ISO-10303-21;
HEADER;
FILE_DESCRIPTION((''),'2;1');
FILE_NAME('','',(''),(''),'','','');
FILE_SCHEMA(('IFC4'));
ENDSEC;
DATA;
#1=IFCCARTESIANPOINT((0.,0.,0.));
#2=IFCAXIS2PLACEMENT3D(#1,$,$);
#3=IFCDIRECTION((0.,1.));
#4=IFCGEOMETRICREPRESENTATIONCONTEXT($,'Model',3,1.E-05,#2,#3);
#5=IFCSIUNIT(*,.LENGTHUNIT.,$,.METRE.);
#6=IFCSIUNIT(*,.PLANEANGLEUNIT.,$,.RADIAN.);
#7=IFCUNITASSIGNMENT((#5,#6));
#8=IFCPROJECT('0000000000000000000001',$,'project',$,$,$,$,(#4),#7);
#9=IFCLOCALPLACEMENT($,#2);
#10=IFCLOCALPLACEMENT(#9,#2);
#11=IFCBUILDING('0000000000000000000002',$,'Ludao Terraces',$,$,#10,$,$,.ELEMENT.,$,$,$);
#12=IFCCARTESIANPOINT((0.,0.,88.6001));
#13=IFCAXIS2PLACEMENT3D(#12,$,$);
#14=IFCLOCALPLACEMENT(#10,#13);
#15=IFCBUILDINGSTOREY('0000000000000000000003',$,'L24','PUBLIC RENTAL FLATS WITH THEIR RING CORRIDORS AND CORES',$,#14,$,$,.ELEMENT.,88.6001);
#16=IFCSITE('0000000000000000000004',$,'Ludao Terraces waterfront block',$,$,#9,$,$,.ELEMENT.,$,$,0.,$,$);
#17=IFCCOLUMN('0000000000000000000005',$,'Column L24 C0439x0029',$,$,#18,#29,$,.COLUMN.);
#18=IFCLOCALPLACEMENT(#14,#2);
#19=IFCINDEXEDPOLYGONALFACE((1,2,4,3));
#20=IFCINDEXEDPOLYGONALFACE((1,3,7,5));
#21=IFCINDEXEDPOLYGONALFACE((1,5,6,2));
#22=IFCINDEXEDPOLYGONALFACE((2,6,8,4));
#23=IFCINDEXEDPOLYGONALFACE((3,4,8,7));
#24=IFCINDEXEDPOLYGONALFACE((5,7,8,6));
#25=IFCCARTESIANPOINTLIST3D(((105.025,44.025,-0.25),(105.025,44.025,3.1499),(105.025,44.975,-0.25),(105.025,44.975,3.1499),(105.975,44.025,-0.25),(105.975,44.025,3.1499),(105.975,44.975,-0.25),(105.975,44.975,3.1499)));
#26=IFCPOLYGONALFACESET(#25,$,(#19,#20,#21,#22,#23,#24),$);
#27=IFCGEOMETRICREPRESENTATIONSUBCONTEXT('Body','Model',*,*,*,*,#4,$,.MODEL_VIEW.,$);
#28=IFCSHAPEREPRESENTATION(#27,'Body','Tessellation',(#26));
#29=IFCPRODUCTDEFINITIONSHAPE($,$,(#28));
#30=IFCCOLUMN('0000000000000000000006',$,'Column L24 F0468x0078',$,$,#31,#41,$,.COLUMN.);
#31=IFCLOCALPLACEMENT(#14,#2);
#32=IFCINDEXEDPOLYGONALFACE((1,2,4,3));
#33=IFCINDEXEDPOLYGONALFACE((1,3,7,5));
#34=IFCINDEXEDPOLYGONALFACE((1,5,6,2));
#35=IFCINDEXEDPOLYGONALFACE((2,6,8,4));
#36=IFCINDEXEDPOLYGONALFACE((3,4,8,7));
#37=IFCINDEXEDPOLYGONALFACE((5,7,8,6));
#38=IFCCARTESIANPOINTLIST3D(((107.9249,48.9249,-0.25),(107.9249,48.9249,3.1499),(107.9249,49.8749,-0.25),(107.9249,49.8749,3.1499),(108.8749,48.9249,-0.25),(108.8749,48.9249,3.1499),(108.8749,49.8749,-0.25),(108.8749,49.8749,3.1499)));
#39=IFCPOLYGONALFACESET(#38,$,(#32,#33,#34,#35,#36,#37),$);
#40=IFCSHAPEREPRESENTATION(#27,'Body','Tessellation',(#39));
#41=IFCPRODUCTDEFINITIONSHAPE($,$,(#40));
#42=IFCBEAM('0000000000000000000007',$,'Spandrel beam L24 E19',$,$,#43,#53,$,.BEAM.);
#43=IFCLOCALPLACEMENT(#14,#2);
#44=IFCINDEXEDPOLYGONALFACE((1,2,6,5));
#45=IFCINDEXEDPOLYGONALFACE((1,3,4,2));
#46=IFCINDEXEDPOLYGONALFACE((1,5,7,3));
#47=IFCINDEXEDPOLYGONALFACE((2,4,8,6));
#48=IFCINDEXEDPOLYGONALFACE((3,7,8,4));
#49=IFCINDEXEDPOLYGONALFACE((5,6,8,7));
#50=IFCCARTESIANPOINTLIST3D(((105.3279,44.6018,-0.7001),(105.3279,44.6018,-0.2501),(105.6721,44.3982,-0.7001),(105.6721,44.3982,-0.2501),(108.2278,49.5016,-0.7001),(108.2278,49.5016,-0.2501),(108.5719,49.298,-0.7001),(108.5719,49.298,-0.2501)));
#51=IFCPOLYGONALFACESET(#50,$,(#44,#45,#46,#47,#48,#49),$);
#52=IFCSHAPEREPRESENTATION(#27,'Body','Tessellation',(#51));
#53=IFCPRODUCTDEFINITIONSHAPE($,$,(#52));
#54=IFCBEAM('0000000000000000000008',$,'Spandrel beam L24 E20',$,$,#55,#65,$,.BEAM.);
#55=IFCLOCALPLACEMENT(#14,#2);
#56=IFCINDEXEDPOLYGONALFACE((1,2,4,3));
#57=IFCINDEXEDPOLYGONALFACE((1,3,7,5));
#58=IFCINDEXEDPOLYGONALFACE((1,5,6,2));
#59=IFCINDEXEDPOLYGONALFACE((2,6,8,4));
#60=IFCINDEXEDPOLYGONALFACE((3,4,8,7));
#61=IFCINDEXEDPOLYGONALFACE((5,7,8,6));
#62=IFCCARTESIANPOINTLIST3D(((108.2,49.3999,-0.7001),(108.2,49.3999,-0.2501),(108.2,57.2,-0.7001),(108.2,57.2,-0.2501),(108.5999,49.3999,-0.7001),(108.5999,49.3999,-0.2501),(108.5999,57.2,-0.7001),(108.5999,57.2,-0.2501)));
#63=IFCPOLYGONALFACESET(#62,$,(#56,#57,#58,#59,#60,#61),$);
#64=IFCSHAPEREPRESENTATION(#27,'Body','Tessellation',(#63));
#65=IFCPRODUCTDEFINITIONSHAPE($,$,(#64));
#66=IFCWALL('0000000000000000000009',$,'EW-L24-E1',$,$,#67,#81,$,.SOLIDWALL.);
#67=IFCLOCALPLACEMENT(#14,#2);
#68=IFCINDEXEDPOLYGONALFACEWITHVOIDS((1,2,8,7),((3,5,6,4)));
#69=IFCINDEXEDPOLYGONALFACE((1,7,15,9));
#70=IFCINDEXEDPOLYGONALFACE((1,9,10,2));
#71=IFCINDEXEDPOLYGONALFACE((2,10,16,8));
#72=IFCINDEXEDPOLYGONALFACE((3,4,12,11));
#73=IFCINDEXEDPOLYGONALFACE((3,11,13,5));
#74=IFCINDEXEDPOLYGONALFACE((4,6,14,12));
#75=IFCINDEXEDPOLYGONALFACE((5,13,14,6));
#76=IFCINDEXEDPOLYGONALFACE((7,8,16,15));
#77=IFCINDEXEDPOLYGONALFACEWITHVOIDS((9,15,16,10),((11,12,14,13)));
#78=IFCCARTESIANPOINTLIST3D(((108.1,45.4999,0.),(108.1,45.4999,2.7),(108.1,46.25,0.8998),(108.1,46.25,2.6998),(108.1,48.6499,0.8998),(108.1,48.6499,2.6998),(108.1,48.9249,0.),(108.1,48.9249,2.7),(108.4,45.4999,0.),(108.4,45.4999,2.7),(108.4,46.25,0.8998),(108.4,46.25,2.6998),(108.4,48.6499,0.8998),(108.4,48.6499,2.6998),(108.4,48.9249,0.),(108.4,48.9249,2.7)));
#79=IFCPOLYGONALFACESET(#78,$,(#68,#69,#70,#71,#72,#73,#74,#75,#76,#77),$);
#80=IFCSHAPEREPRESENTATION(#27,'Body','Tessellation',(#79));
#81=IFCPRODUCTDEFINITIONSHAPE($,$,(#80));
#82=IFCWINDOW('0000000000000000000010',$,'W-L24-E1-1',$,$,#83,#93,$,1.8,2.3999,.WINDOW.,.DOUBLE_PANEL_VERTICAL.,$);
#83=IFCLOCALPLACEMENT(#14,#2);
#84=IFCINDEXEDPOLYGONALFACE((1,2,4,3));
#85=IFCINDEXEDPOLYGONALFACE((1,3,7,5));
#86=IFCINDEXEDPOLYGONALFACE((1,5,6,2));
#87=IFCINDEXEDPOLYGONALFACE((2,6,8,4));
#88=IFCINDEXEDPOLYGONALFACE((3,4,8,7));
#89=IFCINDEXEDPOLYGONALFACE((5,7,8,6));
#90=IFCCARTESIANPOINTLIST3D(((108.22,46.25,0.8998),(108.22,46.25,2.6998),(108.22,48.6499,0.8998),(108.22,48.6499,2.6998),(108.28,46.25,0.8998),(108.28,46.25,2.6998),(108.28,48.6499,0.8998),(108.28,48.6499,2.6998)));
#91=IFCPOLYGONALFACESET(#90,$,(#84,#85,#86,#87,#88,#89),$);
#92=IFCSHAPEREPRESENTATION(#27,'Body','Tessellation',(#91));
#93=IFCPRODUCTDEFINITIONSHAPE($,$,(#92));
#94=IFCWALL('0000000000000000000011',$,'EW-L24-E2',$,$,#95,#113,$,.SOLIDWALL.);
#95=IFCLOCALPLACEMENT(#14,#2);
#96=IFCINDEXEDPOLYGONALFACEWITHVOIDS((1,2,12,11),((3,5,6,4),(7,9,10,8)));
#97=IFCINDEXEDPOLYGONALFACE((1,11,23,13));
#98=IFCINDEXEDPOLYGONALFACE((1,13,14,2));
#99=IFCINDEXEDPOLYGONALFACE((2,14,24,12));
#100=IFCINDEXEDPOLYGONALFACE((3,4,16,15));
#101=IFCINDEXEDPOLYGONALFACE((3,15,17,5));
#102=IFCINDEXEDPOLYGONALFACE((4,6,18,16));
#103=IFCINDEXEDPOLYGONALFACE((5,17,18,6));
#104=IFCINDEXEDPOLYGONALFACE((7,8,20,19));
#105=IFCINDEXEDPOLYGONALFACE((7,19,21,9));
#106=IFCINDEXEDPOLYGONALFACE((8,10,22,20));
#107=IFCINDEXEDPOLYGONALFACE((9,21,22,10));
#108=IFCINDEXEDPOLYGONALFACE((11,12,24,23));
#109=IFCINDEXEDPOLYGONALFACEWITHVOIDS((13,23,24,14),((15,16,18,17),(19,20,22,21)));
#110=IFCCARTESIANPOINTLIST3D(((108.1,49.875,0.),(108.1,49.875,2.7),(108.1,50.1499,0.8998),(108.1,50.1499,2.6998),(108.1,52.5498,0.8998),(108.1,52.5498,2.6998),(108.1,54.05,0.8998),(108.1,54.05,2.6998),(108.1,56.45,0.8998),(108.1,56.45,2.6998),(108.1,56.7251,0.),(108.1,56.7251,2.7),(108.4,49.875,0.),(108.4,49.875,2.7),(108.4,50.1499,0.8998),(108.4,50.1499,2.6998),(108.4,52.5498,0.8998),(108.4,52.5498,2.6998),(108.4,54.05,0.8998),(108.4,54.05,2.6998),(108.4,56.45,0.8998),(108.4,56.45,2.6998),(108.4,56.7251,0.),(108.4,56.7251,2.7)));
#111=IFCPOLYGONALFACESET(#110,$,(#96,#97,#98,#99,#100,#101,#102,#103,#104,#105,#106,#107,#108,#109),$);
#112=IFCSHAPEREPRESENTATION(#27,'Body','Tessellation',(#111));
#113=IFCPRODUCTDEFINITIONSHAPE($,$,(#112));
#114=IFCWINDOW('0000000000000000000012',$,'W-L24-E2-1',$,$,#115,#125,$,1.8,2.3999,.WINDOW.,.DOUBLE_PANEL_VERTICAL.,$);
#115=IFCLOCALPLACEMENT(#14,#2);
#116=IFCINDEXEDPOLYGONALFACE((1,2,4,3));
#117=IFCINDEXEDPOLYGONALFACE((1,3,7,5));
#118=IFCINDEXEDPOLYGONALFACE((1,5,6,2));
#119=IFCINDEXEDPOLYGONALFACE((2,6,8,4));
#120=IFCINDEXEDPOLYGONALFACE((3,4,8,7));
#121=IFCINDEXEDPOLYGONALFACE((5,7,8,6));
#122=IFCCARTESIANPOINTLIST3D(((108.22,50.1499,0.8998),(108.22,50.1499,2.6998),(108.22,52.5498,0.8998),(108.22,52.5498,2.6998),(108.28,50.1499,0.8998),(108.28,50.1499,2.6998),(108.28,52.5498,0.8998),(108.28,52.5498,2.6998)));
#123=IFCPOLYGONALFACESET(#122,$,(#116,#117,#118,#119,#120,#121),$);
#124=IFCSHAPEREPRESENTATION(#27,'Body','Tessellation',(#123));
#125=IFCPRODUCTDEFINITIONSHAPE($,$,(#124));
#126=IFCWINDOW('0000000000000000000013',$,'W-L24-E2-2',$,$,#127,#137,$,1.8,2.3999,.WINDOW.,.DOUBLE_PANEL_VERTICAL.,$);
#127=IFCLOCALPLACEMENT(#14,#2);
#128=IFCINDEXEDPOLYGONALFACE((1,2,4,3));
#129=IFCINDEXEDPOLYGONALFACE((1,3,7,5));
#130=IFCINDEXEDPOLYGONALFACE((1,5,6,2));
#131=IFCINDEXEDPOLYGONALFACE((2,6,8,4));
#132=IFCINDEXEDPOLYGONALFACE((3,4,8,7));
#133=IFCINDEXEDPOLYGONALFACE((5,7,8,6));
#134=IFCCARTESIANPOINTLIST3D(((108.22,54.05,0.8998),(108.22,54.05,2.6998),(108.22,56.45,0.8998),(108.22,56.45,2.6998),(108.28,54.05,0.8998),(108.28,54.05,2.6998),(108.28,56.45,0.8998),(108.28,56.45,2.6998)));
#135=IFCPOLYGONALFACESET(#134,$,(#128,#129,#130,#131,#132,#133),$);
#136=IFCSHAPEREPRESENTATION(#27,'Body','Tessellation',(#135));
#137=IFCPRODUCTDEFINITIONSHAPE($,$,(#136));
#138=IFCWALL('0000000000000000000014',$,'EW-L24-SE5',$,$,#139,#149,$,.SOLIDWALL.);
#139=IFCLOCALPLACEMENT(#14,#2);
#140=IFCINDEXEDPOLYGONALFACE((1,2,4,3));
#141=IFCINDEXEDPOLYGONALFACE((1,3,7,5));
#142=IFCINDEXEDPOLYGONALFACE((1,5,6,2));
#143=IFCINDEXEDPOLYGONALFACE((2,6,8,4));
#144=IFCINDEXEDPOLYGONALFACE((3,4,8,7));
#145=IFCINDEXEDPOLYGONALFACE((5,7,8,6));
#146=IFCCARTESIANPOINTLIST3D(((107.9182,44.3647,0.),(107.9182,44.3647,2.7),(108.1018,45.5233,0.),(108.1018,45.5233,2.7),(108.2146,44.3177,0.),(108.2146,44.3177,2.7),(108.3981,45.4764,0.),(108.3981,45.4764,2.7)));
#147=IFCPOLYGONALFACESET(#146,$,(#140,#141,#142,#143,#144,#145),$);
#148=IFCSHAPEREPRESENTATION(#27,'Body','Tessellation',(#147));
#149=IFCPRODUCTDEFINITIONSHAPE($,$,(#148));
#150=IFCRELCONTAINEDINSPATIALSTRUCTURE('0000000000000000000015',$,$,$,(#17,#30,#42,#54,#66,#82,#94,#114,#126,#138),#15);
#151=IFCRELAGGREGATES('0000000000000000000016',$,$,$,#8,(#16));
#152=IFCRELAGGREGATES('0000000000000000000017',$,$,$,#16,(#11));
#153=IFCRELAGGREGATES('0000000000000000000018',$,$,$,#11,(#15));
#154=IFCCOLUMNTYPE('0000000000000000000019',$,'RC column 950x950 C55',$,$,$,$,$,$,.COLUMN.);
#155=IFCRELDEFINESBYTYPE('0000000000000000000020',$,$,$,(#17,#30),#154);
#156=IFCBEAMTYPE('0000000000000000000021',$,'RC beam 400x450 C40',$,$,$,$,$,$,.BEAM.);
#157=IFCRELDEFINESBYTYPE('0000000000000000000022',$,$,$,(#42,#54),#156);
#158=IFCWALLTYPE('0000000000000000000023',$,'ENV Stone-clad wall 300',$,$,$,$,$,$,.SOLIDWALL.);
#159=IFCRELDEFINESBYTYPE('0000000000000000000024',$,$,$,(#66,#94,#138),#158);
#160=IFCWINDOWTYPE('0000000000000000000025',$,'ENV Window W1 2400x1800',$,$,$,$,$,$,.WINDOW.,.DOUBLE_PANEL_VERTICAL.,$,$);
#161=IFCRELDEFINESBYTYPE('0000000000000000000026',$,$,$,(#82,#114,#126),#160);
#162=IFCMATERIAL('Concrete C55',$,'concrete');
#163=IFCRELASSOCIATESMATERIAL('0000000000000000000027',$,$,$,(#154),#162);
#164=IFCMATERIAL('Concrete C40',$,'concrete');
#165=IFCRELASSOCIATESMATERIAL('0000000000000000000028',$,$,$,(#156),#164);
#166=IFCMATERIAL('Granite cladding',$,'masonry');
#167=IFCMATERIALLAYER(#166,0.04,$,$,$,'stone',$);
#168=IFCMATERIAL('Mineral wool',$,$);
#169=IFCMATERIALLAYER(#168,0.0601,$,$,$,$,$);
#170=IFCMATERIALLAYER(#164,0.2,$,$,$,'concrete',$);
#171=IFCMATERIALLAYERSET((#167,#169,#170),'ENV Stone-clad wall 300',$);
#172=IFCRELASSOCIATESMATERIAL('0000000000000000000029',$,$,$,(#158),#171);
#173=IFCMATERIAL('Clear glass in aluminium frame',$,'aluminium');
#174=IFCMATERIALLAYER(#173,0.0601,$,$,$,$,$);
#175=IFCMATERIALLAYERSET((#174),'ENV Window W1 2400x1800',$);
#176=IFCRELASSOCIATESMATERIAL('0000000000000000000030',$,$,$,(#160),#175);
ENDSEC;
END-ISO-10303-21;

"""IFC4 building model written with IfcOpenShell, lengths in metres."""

from ifc_helpers import new_model, si_unit, direction, frame, frame_2d, origin, origin_2d, place, context, subcontext, project, spatial, rectangle, extrude, material, layer, layer_set, material_profile, profile_set, type_object, element, fill, save


model = new_model("IFC4")

# Units and contexts
model_context = context("Model", 3, precision=1e-05, world=origin(), true_north=direction((0.0, 1.0)))
body_context = subcontext(model_context, "Body", "Model", "MODEL_VIEW")
ifc_project = project(units=[si_unit("LENGTHUNIT", "METRE"), si_unit("PLANEANGLEUNIT", "RADIAN")], contexts=[model_context])

# Site, building, storey
site_placement = place(None, origin())
site = spatial("IfcSite", under=ifc_project, at=site_placement, Name="Ludao Terraces waterfront block", CompositionType="ELEMENT", RefElevation=0.0)
building_placement = place(site_placement, origin())
building = spatial("IfcBuilding", under=site, at=building_placement, Name="Ludao Terraces", CompositionType="ELEMENT")
storey_placement = place(building_placement, frame((0.0, 0.0, 88.6001)))
storey = spatial("IfcBuildingStorey", under=building, at=storey_placement, Name="L24", Description="PUBLIC RENTAL FLATS WITH THEIR RING CORRIDORS AND CORES", CompositionType="ELEMENT", Elevation=88.6001)

# Columns
ifc_material_1 = material(Name="Concrete C55", Category="concrete")
ifc_material_profile_1 = material_profile(ifc_material_1, rectangle(XDim=0.95, YDim=0.95, at=origin_2d()), Name="950 X 950")
ifc_profile_set_1 = profile_set([ifc_material_profile_1], Name="Concrete C55")
column_type = type_object("IfcColumnType", Name="RC column 950x950 C55", PredefinedType="COLUMN", material=ifc_profile_set_1)
for number, where, z_axis, x_axis, name in (
    (1, (105.5, 44.5, -0.25), (0.0, 0.0, 1.0), (1.0, 0.0, 0.0), "Column L24 C0439x0029"),
    (2, (108.3999, 49.3999, -0.25), (0.0, 0.0, 1.0), (1.0, 0.0, 0.0), "Column L24 F0468x0078"),
):
    element("IfcColumn", number, at=place(storey_placement, frame(where, z_axis=z_axis, x_axis=x_axis)), inside=storey, type_object=column_type, Name=name, PredefinedType="COLUMN", context=body_context, shape_type="SweptSolid", body=[
        extrude(rectangle(XDim=0.95, YDim=0.95, at=origin_2d()), origin(), (0.0, 0.0, 1.0), 3.3999),
    ])

# Beams
ifc_material_2 = material(Name="Concrete C40", Category="concrete")
ifc_material_profile_2 = material_profile(ifc_material_2, rectangle(XDim=0.3999, YDim=0.45, at=origin_2d()), Name="400 X 450")
ifc_profile_set_2 = profile_set([ifc_material_profile_2], Name="Concrete C40")
beam_type = type_object("IfcBeamType", Name="RC beam 400x450 C40", PredefinedType="BEAM", material=ifc_profile_set_2)
beam_1_placement = place(storey_placement, frame((105.5, 44.5, -0.4751), z_axis=(0.509316, 0.86058, 0.0), x_axis=(-0.86058, 0.509316, 0.0)))
element("IfcBeam", 3, at=beam_1_placement, inside=storey, type_object=beam_type, Name="Spandrel beam L24 E19", PredefinedType="BEAM", context=body_context, shape_type="SweptSolid", body=[
    extrude(rectangle(XDim=0.3999, YDim=0.45, at=origin_2d()), origin(), (0.0, 0.0, 1.0), 5.6936),
])
beam_2_placement = place(storey_placement, frame((108.3999, 49.3999, -0.4751), z_axis=(0.0, 1.0, 0.0), x_axis=(-1.0, 0.0, 0.0)))
element("IfcBeam", 4, at=beam_2_placement, inside=storey, type_object=beam_type, Name="Spandrel beam L24 E20", PredefinedType="BEAM", context=body_context, shape_type="SweptSolid", body=[
    extrude(rectangle(XDim=0.3999, YDim=0.45, at=origin_2d()), origin(), (0.0, 0.0, 1.0), 7.8),
])

# Wall, opening, window
ifc_material_3 = material(Name="Granite cladding", Category="masonry")
ifc_layer_1 = layer(ifc_material_3, 0.04, Category="stone")
ifc_material_4 = material(Name="Mineral wool")
ifc_layer_2 = layer(ifc_material_4, 0.0601)
ifc_layer_3 = layer(ifc_material_2, 0.2, Category="concrete")
ifc_layer_set_1 = layer_set([ifc_layer_1, ifc_layer_2, ifc_layer_3], Name="ENV Stone-clad wall 300")
wall_type = type_object("IfcWallType", Name="ENV Stone-clad wall 300", PredefinedType="SOLIDWALL", material=ifc_layer_set_1)
wall_1_placement = place(storey_placement, frame((108.25, 45.5, 0.0), z_axis=(0.0, 0.0, 1.0), x_axis=(0.0, 1.0, 0.0)))
wall_1 = element("IfcWall", 5, at=wall_1_placement, inside=storey, type_object=wall_type, Name="EW-L24-E1", PredefinedType="SOLIDWALL", context=body_context, shape_type="SweptSolid", body=[
    extrude(rectangle(XDim=3.425, YDim=0.3, at=frame_2d((1.7124, 0.0))), origin(), (0.0, 0.0, 1.0), 2.7),
])
opening_1_placement = place(wall_1_placement, frame((0.75, 0.0, 0.8999)))
opening_1 = element("IfcOpeningElement", 6, at=opening_1_placement, cuts=wall_1, PredefinedType="OPENING", context=body_context, shape_type="SweptSolid", body=[
    extrude(rectangle(XDim=2.3999, YDim=1.8, at=frame_2d((1.2, 0.8999))), frame((0.0, 0.1602, 0.0), z_axis=(0.0, -1.0, 0.0), x_axis=(1.0, 0.0, 0.0)), (0.0, 0.0, 1.0), 0.3201),
])
ifc_material_5 = material(Name="Clear glass in aluminium frame", Category="aluminium")
ifc_layer_4 = layer(ifc_material_5, 0.0601)
ifc_layer_set_2 = layer_set([ifc_layer_4], Name="ENV Window W1 2400x1800")
window_type = type_object("IfcWindowType", Name="ENV Window W1 2400x1800", PartitioningType="DOUBLE_PANEL_VERTICAL", PredefinedType="WINDOW", material=ifc_layer_set_2)
window_1_placement = place(opening_1_placement, origin())
window_1 = element("IfcWindow", 7, at=window_1_placement, inside=storey, type_object=window_type, Name="W-L24-E1-1", OverallHeight=1.8, OverallWidth=2.3999, PartitioningType="DOUBLE_PANEL_VERTICAL", PredefinedType="WINDOW", context=body_context, shape_type="SweptSolid", body=[
    extrude(rectangle(XDim=2.3999, YDim=1.8, at=frame_2d((1.2, 0.8999))), frame((0.0, 0.03, 0.0), z_axis=(0.0, -1.0, 0.0), x_axis=(1.0, 0.0, 0.0)), (0.0, 0.0, 1.0), 0.0601),
])
fill(opening_1, window_1)

# Wall, openings, windows
wall_2_placement = place(storey_placement, frame((108.25, 49.875, 0.0), z_axis=(0.0, 0.0, 1.0), x_axis=(0.0, 1.0, 0.0)))
wall_2 = element("IfcWall", 8, at=wall_2_placement, inside=storey, type_object=wall_type, Name="EW-L24-E2", PredefinedType="SOLIDWALL", context=body_context, shape_type="SweptSolid", body=[
    extrude(rectangle(XDim=6.8501, YDim=0.3, at=frame_2d((3.425, 0.0))), origin(), (0.0, 0.0, 1.0), 2.7),
])
opening_2_placement = place(wall_2_placement, frame((0.2749, 0.0, 0.8999)))
opening_2 = element("IfcOpeningElement", 9, at=opening_2_placement, cuts=wall_2, PredefinedType="OPENING", context=body_context, shape_type="SweptSolid", body=[
    extrude(rectangle(XDim=2.3999, YDim=1.8, at=frame_2d((1.2, 0.8999))), frame((0.0, 0.1602, 0.0), z_axis=(0.0, -1.0, 0.0), x_axis=(1.0, 0.0, 0.0)), (0.0, 0.0, 1.0), 0.3201),
])
opening_3_placement = place(wall_2_placement, frame((4.175, 0.0, 0.8999)))
opening_3 = element("IfcOpeningElement", 10, at=opening_3_placement, cuts=wall_2, PredefinedType="OPENING", context=body_context, shape_type="SweptSolid", body=[
    extrude(rectangle(XDim=2.3999, YDim=1.8, at=frame_2d((1.2, 0.8999))), frame((0.0, 0.1602, 0.0), z_axis=(0.0, -1.0, 0.0), x_axis=(1.0, 0.0, 0.0)), (0.0, 0.0, 1.0), 0.3201),
])
window_2_placement = place(opening_2_placement, origin())
window_2 = element("IfcWindow", 11, at=window_2_placement, inside=storey, type_object=window_type, Name="W-L24-E2-1", OverallHeight=1.8, OverallWidth=2.3999, PartitioningType="DOUBLE_PANEL_VERTICAL", PredefinedType="WINDOW", context=body_context, shape_type="SweptSolid", body=[
    extrude(rectangle(XDim=2.3999, YDim=1.8, at=frame_2d((1.2, 0.8999))), frame((0.0, 0.03, 0.0), z_axis=(0.0, -1.0, 0.0), x_axis=(1.0, 0.0, 0.0)), (0.0, 0.0, 1.0), 0.0601),
])
fill(opening_2, window_2)
window_3_placement = place(opening_3_placement, origin())
window_3 = element("IfcWindow", 12, at=window_3_placement, inside=storey, type_object=window_type, Name="W-L24-E2-2", OverallHeight=1.8, OverallWidth=2.3999, PartitioningType="DOUBLE_PANEL_VERTICAL", PredefinedType="WINDOW", context=body_context, shape_type="SweptSolid", body=[
    extrude(rectangle(XDim=2.3999, YDim=1.8, at=frame_2d((1.2, 0.8999))), frame((0.0, 0.03, 0.0), z_axis=(0.0, -1.0, 0.0), x_axis=(1.0, 0.0, 0.0)), (0.0, 0.0, 1.0), 0.0601),
])
fill(opening_3, window_3)

# Wall
wall_3_placement = place(storey_placement, frame((108.0664, 44.3413, 0.0), z_axis=(0.0, 0.0, 1.0), x_axis=(0.156497, 0.987678, 0.0)))
element("IfcWall", 13, at=wall_3_placement, inside=storey, type_object=wall_type, Name="EW-L24-SE5", PredefinedType="SOLIDWALL", context=body_context, shape_type="SweptSolid", body=[
    extrude(rectangle(XDim=1.1731, YDim=0.3, at=frame_2d((0.5864, 0.0))), origin(), (0.0, 0.0, 1.0), 2.7),
])

save(model, "model.ifc")
